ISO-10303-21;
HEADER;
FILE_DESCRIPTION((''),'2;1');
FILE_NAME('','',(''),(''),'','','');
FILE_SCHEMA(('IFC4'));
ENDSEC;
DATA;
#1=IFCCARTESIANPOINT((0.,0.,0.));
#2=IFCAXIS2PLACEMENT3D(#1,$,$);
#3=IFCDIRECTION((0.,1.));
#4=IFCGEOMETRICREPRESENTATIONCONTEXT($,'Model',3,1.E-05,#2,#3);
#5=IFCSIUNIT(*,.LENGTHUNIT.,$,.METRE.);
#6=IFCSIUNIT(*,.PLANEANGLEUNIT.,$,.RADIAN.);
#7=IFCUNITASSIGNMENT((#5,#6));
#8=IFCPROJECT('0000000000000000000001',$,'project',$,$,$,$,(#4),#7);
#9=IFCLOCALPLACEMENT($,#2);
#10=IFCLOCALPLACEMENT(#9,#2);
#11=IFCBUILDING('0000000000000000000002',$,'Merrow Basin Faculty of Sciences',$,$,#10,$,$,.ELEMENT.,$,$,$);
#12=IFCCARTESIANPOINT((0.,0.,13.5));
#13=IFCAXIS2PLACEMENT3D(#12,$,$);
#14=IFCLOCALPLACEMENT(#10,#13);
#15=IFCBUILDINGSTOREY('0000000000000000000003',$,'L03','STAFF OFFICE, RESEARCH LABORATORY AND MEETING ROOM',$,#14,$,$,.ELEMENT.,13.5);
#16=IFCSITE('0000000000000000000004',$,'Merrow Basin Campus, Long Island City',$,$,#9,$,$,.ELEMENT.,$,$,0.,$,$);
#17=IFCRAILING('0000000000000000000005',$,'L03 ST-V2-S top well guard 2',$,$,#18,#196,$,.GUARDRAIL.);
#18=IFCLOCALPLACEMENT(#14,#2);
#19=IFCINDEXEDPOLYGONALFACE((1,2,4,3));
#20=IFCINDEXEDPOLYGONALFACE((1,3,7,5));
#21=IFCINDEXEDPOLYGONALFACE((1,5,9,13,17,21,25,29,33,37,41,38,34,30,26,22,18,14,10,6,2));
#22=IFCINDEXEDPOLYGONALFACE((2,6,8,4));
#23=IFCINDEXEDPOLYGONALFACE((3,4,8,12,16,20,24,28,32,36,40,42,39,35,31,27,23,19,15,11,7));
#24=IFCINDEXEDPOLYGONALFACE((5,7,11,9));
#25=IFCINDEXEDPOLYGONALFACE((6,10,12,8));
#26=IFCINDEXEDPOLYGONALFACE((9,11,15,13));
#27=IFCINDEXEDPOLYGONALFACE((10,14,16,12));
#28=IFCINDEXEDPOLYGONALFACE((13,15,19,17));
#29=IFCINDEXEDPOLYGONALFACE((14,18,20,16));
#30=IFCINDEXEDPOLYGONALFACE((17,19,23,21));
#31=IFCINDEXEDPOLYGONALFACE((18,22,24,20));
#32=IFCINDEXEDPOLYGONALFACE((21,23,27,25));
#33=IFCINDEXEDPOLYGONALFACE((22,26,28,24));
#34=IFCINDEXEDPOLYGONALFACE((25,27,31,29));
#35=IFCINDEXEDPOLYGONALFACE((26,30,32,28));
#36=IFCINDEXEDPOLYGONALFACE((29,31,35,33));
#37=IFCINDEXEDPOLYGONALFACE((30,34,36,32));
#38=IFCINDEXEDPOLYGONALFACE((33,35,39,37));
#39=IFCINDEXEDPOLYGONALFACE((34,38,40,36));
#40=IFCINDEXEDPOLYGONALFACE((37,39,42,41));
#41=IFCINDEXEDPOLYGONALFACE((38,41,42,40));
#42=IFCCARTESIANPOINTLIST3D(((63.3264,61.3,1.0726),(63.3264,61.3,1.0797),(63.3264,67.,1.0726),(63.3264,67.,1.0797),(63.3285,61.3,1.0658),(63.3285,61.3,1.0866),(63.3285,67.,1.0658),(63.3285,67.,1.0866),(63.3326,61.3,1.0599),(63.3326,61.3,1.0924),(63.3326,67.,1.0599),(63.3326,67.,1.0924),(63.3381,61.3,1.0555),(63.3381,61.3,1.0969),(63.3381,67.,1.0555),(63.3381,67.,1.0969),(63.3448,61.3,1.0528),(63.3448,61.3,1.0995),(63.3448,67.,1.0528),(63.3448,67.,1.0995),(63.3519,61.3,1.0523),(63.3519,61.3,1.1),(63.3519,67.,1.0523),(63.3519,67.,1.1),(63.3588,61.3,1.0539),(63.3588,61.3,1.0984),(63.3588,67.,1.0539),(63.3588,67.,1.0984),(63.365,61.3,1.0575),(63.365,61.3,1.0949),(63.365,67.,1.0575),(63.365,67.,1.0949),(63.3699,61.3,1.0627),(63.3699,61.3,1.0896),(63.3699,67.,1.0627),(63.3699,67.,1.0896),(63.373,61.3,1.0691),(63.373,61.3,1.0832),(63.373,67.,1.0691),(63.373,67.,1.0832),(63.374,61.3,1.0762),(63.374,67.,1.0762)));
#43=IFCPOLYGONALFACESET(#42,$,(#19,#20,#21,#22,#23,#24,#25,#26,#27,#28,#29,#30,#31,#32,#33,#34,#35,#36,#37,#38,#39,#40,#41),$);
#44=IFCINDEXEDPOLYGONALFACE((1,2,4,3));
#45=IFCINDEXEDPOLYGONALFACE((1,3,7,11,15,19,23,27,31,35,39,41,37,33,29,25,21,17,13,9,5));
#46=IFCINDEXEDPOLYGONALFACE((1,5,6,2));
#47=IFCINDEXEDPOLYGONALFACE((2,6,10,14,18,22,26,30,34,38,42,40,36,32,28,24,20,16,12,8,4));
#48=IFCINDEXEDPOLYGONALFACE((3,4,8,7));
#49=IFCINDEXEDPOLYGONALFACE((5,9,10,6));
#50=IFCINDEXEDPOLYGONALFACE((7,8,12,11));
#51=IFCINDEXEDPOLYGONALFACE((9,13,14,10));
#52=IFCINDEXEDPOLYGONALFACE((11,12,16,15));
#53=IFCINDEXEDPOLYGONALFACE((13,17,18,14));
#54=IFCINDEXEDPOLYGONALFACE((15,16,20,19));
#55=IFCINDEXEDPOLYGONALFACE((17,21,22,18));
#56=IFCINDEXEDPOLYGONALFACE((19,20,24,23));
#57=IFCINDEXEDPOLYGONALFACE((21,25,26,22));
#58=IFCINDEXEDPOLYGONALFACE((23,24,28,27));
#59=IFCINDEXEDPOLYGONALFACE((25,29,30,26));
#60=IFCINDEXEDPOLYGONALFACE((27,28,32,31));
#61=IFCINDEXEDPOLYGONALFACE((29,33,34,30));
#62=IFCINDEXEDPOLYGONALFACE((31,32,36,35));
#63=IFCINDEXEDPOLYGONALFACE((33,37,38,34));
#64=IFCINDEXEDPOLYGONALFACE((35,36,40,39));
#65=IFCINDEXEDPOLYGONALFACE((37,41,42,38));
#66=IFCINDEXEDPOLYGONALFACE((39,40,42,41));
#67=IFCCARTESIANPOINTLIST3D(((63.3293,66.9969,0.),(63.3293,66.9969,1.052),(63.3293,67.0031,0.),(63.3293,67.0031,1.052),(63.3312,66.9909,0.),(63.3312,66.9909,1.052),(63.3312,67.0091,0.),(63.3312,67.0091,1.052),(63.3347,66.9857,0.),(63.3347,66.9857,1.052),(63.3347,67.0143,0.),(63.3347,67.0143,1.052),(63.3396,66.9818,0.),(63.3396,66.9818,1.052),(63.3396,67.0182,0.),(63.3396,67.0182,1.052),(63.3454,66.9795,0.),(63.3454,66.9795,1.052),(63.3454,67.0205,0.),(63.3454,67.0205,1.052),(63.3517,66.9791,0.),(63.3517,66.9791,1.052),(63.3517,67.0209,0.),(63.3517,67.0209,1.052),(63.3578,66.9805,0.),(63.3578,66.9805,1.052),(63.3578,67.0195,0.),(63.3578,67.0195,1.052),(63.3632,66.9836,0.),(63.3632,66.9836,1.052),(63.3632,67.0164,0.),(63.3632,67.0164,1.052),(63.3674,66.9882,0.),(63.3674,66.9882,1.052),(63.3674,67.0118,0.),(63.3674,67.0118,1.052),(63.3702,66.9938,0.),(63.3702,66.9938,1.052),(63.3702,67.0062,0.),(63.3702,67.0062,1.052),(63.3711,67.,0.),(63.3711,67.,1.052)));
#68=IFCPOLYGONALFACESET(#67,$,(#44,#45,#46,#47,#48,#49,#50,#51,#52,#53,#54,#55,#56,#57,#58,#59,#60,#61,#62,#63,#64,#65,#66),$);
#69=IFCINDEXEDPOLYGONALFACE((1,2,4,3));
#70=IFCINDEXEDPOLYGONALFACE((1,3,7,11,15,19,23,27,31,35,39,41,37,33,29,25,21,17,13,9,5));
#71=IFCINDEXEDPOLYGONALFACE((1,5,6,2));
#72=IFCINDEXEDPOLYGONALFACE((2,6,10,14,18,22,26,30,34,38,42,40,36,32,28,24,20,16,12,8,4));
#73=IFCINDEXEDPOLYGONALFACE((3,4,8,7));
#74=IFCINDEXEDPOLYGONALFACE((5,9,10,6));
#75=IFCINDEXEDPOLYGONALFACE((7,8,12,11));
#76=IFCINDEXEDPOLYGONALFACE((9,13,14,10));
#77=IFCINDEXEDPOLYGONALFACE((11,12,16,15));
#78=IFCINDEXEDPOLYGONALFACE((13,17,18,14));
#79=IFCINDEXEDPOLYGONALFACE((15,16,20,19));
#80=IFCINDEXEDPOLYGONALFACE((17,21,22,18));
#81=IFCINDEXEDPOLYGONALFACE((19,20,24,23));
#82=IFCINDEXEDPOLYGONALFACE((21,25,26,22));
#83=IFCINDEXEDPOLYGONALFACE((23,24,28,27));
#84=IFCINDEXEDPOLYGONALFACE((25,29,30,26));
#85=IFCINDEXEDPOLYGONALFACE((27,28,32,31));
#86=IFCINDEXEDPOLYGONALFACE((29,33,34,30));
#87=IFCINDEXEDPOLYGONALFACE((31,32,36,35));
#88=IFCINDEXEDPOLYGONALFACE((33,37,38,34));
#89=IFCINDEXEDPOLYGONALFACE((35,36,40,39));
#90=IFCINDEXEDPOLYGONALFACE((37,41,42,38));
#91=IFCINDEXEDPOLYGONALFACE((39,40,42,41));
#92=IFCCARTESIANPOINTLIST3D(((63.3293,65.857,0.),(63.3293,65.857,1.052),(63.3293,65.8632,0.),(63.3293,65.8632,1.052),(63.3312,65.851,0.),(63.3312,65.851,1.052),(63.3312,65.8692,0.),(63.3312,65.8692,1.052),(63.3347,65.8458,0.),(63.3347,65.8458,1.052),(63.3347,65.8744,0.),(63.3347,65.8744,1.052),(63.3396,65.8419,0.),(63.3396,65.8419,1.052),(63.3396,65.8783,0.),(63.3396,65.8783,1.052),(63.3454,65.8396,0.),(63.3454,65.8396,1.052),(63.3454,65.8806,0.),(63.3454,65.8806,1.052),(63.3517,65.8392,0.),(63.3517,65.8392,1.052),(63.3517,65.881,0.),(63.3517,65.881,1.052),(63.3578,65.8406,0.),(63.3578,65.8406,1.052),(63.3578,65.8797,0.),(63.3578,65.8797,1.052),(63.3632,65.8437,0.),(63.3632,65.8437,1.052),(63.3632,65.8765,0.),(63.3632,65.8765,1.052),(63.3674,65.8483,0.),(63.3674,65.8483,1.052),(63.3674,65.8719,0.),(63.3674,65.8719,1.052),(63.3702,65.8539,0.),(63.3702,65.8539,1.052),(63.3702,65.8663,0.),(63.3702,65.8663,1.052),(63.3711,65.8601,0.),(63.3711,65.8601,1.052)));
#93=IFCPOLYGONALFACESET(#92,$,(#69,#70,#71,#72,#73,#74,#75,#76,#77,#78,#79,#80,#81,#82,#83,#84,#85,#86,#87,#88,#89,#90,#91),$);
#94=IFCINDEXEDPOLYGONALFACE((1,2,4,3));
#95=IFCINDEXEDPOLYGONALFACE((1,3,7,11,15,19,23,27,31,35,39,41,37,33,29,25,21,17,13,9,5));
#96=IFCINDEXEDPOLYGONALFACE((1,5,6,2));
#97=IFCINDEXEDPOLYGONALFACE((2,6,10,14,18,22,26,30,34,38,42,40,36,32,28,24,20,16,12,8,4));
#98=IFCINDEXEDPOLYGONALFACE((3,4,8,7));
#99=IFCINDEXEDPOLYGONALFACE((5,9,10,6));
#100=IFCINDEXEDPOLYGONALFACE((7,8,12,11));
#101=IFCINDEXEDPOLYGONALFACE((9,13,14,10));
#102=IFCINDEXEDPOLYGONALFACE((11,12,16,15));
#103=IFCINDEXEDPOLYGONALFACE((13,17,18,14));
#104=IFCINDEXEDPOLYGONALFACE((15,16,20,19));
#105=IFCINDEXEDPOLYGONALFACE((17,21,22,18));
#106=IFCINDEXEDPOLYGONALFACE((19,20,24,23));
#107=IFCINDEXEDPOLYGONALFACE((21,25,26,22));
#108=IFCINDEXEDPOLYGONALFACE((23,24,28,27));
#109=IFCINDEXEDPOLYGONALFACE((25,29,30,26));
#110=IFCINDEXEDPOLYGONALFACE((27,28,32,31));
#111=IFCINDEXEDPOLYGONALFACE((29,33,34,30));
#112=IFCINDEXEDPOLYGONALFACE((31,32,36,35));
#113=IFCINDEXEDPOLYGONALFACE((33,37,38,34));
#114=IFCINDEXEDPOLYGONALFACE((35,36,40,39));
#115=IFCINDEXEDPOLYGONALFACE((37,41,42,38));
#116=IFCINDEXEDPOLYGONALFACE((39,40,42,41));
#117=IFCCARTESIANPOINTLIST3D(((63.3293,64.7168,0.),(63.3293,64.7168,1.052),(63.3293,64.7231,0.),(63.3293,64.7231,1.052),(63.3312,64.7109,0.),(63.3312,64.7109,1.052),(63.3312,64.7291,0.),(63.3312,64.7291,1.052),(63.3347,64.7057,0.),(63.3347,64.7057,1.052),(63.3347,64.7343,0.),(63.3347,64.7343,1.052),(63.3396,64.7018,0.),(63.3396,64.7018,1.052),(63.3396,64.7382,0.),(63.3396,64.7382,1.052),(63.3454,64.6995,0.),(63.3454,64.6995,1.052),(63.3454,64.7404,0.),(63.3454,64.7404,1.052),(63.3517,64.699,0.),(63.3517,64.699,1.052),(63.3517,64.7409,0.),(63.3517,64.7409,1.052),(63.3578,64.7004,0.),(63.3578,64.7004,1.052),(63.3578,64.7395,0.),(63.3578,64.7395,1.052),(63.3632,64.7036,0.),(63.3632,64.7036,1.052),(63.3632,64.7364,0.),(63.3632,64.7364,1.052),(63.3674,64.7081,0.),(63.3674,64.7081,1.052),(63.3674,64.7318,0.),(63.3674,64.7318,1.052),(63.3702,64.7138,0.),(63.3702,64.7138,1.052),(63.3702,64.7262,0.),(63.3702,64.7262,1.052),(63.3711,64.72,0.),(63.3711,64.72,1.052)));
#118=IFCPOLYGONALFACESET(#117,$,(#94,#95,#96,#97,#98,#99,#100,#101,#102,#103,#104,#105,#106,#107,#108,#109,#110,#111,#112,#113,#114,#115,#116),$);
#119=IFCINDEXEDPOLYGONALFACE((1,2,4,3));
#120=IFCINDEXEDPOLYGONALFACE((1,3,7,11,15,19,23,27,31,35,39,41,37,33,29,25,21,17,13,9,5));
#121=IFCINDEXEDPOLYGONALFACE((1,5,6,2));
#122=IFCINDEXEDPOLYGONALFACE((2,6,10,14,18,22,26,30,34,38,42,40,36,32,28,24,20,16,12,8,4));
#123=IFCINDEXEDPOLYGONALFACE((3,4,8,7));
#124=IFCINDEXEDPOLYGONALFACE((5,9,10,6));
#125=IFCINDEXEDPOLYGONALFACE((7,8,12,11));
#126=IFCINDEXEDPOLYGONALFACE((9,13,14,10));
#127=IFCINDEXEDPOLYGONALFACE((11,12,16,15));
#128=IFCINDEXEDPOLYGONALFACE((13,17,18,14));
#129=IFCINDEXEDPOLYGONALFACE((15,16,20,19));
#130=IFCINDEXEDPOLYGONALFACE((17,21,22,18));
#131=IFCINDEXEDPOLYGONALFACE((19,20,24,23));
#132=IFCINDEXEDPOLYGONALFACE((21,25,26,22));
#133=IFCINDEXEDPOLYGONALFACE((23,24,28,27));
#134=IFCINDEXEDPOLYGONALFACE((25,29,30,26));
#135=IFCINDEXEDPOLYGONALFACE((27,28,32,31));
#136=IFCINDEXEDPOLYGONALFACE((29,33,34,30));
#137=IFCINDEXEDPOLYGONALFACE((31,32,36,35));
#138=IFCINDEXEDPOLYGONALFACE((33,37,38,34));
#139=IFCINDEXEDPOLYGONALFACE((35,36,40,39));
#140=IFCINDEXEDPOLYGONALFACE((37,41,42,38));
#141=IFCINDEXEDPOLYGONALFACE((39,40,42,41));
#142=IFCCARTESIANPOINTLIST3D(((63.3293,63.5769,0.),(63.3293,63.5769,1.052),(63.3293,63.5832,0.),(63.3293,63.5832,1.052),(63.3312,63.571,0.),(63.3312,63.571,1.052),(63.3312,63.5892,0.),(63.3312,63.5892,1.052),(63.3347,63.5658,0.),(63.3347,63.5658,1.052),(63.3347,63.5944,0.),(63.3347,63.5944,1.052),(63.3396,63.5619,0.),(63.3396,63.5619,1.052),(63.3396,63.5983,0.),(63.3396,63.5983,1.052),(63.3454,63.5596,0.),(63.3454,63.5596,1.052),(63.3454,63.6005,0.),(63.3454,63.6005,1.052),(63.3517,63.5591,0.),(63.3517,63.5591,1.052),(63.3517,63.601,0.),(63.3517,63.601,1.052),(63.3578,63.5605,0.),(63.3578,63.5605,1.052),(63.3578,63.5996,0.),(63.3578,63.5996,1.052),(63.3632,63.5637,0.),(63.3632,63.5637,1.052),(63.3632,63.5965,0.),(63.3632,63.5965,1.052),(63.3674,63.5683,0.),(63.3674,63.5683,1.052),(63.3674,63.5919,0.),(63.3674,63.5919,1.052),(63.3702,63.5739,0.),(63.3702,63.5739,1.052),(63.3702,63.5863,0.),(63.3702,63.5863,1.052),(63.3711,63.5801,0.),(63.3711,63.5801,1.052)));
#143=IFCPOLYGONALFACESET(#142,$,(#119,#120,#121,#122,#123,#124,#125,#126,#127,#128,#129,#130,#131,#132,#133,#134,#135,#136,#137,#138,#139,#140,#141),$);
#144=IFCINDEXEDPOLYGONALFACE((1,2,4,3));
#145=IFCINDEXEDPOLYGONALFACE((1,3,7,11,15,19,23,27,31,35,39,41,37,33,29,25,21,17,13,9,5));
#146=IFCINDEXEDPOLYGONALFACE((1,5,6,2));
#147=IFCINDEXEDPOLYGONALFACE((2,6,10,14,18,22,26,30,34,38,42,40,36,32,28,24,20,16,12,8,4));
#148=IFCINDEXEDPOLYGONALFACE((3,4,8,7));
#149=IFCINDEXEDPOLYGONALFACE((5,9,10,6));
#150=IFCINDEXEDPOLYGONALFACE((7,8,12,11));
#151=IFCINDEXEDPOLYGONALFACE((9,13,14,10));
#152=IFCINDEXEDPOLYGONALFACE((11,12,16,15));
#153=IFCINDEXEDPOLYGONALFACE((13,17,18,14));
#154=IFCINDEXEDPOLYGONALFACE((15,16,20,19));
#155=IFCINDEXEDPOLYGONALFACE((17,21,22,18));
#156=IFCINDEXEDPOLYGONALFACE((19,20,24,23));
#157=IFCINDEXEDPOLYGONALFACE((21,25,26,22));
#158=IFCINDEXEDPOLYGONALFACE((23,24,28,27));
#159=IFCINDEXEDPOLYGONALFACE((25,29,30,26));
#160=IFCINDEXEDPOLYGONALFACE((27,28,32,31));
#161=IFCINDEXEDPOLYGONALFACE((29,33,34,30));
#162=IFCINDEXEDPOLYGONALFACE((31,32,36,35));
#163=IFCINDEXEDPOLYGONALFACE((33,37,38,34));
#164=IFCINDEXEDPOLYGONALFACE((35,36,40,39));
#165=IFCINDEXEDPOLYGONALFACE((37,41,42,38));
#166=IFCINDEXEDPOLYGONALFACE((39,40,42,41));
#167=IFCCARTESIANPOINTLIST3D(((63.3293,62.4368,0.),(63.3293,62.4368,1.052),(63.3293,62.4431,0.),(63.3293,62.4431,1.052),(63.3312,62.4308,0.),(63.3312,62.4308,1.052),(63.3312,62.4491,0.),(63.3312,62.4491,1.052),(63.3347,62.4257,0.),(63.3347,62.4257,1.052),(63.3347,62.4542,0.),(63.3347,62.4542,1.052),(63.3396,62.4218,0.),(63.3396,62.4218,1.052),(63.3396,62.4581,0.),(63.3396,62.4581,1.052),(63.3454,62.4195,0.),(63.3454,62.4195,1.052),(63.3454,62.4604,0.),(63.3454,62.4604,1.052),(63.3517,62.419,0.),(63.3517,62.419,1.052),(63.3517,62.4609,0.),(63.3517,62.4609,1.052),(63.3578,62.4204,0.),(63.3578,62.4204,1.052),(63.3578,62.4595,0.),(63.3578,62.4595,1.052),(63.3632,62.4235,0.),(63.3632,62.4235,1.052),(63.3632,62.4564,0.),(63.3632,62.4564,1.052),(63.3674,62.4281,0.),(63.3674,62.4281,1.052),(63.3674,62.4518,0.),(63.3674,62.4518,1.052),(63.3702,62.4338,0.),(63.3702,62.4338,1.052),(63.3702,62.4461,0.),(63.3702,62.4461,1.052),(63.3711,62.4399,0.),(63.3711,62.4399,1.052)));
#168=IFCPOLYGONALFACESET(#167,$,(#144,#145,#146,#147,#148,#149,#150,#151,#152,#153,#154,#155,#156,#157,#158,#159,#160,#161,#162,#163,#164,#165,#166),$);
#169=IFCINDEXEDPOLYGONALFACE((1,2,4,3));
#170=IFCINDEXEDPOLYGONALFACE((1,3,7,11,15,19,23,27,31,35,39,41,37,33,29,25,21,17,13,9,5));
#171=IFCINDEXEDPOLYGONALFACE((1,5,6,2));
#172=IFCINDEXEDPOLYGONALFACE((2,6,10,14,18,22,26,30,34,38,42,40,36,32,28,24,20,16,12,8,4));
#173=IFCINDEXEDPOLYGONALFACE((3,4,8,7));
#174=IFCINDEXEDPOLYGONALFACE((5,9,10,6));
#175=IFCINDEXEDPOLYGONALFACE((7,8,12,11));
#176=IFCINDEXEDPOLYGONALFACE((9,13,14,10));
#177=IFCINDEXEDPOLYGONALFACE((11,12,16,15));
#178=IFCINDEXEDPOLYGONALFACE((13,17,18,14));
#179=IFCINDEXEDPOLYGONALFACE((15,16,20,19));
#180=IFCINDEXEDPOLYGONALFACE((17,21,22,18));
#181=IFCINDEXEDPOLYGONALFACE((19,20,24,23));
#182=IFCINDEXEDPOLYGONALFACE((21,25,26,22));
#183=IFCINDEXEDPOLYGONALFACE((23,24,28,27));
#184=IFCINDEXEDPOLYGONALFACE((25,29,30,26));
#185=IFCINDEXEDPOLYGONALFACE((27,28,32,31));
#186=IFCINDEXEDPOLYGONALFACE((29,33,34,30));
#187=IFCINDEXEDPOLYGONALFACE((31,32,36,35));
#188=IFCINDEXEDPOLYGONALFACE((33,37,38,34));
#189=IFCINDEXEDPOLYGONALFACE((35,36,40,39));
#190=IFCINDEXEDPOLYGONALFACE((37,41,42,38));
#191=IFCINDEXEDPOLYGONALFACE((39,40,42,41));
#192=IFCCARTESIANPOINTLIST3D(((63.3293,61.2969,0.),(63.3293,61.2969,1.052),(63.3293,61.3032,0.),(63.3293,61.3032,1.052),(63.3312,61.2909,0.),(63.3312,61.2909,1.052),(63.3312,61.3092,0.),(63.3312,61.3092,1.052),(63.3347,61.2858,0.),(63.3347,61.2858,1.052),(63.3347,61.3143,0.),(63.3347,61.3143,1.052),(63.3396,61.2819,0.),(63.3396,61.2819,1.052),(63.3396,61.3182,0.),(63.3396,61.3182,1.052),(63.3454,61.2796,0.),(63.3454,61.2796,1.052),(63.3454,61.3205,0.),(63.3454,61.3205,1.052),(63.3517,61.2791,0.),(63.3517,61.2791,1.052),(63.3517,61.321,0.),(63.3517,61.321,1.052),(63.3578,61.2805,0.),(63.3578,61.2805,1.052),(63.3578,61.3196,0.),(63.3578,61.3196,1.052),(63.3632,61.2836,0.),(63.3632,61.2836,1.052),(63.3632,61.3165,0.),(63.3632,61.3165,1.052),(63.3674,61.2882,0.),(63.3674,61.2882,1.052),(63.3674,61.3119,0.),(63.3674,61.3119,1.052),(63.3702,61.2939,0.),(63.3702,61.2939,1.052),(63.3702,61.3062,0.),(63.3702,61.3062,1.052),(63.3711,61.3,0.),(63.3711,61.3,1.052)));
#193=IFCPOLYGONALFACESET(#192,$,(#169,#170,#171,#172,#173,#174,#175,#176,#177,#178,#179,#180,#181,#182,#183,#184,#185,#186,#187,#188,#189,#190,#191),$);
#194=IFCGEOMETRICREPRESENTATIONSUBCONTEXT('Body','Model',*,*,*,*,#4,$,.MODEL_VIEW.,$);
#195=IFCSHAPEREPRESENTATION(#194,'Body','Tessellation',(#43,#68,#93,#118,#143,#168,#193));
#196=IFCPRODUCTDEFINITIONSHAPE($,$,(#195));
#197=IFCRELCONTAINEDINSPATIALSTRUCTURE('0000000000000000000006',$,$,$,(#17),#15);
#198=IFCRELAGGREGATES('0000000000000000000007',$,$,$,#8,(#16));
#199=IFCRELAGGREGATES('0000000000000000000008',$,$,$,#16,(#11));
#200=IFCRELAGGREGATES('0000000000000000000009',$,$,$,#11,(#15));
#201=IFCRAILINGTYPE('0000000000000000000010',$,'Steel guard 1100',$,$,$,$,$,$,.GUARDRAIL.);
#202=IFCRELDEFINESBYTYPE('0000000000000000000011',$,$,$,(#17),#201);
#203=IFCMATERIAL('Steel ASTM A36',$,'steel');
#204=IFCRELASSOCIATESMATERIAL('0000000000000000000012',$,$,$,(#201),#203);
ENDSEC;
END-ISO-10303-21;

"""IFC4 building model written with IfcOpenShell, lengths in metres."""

from ifc_helpers import new_model, si_unit, direction, frame, origin, origin_2d, place, context, subcontext, project, spatial, circle, extrude, material, type_object, element, save


model = new_model("IFC4")

# Units and contexts
model_context = context("Model", 3, precision=1e-05, world=origin(), true_north=direction((0.0, 1.0)))
body_context = subcontext(model_context, "Body", "Model", "MODEL_VIEW")
ifc_project = project(units=[si_unit("LENGTHUNIT", "METRE"), si_unit("PLANEANGLEUNIT", "RADIAN")], contexts=[model_context])

# Site, building, storey
site_placement = place(None, origin())
site = spatial("IfcSite", under=ifc_project, at=site_placement, Name="Merrow Basin Campus, Long Island City", CompositionType="ELEMENT", RefElevation=0.0)
building_placement = place(site_placement, origin())
building = spatial("IfcBuilding", under=site, at=building_placement, Name="Merrow Basin Faculty of Sciences", CompositionType="ELEMENT")
storey_placement = place(building_placement, frame((0.0, 0.0, 13.5)))
storey = spatial("IfcBuildingStorey", under=building, at=storey_placement, Name="L03", Description="STAFF OFFICE, RESEARCH LABORATORY AND MEETING ROOM", CompositionType="ELEMENT", Elevation=13.5)

# Railing
ifc_material_1 = material(Name="Steel ASTM A36", Category="steel")
railing_type_1 = type_object("IfcRailingType", Name="Steel guard 1100", PredefinedType="GUARDRAIL", material=ifc_material_1)
railing_1_placement = place(storey_placement, frame((63.3501, 67.0, 0.0)))
element("IfcRailing", 1, at=railing_1_placement, inside=storey, type_object=railing_type_1, Name="L03 ST-V2-S top well guard 2", PredefinedType="GUARDRAIL", context=body_context, shape_type="SweptSolid", body=[
    extrude(circle(Radius=0.0239, at=origin_2d()), frame((0.0, 0.0, 1.0762), z_axis=(0.0, -1.0, 0.0), x_axis=(1.0, 0.0, 0.0)), (0.0, 0.0, 1.0), 5.7),
    extrude(circle(Radius=0.021, at=origin_2d()), origin(), (0.0, 0.0, 1.0), 1.052),
    extrude(circle(Radius=0.021, at=origin_2d()), frame((0.0, -1.1399, 0.0)), (0.0, 0.0, 1.0), 1.052),
    extrude(circle(Radius=0.021, at=origin_2d()), frame((0.0, -2.28, 0.0)), (0.0, 0.0, 1.0), 1.052),
    extrude(circle(Radius=0.021, at=origin_2d()), frame((0.0, -3.4199, 0.0)), (0.0, 0.0, 1.0), 1.052),
    extrude(circle(Radius=0.021, at=origin_2d()), frame((0.0, -4.5601, 0.0)), (0.0, 0.0, 1.0), 1.052),
    extrude(circle(Radius=0.021, at=origin_2d()), frame((0.0, -5.7, 0.0)), (0.0, 0.0, 1.0), 1.052),
])

save(model, "model.ifc")
